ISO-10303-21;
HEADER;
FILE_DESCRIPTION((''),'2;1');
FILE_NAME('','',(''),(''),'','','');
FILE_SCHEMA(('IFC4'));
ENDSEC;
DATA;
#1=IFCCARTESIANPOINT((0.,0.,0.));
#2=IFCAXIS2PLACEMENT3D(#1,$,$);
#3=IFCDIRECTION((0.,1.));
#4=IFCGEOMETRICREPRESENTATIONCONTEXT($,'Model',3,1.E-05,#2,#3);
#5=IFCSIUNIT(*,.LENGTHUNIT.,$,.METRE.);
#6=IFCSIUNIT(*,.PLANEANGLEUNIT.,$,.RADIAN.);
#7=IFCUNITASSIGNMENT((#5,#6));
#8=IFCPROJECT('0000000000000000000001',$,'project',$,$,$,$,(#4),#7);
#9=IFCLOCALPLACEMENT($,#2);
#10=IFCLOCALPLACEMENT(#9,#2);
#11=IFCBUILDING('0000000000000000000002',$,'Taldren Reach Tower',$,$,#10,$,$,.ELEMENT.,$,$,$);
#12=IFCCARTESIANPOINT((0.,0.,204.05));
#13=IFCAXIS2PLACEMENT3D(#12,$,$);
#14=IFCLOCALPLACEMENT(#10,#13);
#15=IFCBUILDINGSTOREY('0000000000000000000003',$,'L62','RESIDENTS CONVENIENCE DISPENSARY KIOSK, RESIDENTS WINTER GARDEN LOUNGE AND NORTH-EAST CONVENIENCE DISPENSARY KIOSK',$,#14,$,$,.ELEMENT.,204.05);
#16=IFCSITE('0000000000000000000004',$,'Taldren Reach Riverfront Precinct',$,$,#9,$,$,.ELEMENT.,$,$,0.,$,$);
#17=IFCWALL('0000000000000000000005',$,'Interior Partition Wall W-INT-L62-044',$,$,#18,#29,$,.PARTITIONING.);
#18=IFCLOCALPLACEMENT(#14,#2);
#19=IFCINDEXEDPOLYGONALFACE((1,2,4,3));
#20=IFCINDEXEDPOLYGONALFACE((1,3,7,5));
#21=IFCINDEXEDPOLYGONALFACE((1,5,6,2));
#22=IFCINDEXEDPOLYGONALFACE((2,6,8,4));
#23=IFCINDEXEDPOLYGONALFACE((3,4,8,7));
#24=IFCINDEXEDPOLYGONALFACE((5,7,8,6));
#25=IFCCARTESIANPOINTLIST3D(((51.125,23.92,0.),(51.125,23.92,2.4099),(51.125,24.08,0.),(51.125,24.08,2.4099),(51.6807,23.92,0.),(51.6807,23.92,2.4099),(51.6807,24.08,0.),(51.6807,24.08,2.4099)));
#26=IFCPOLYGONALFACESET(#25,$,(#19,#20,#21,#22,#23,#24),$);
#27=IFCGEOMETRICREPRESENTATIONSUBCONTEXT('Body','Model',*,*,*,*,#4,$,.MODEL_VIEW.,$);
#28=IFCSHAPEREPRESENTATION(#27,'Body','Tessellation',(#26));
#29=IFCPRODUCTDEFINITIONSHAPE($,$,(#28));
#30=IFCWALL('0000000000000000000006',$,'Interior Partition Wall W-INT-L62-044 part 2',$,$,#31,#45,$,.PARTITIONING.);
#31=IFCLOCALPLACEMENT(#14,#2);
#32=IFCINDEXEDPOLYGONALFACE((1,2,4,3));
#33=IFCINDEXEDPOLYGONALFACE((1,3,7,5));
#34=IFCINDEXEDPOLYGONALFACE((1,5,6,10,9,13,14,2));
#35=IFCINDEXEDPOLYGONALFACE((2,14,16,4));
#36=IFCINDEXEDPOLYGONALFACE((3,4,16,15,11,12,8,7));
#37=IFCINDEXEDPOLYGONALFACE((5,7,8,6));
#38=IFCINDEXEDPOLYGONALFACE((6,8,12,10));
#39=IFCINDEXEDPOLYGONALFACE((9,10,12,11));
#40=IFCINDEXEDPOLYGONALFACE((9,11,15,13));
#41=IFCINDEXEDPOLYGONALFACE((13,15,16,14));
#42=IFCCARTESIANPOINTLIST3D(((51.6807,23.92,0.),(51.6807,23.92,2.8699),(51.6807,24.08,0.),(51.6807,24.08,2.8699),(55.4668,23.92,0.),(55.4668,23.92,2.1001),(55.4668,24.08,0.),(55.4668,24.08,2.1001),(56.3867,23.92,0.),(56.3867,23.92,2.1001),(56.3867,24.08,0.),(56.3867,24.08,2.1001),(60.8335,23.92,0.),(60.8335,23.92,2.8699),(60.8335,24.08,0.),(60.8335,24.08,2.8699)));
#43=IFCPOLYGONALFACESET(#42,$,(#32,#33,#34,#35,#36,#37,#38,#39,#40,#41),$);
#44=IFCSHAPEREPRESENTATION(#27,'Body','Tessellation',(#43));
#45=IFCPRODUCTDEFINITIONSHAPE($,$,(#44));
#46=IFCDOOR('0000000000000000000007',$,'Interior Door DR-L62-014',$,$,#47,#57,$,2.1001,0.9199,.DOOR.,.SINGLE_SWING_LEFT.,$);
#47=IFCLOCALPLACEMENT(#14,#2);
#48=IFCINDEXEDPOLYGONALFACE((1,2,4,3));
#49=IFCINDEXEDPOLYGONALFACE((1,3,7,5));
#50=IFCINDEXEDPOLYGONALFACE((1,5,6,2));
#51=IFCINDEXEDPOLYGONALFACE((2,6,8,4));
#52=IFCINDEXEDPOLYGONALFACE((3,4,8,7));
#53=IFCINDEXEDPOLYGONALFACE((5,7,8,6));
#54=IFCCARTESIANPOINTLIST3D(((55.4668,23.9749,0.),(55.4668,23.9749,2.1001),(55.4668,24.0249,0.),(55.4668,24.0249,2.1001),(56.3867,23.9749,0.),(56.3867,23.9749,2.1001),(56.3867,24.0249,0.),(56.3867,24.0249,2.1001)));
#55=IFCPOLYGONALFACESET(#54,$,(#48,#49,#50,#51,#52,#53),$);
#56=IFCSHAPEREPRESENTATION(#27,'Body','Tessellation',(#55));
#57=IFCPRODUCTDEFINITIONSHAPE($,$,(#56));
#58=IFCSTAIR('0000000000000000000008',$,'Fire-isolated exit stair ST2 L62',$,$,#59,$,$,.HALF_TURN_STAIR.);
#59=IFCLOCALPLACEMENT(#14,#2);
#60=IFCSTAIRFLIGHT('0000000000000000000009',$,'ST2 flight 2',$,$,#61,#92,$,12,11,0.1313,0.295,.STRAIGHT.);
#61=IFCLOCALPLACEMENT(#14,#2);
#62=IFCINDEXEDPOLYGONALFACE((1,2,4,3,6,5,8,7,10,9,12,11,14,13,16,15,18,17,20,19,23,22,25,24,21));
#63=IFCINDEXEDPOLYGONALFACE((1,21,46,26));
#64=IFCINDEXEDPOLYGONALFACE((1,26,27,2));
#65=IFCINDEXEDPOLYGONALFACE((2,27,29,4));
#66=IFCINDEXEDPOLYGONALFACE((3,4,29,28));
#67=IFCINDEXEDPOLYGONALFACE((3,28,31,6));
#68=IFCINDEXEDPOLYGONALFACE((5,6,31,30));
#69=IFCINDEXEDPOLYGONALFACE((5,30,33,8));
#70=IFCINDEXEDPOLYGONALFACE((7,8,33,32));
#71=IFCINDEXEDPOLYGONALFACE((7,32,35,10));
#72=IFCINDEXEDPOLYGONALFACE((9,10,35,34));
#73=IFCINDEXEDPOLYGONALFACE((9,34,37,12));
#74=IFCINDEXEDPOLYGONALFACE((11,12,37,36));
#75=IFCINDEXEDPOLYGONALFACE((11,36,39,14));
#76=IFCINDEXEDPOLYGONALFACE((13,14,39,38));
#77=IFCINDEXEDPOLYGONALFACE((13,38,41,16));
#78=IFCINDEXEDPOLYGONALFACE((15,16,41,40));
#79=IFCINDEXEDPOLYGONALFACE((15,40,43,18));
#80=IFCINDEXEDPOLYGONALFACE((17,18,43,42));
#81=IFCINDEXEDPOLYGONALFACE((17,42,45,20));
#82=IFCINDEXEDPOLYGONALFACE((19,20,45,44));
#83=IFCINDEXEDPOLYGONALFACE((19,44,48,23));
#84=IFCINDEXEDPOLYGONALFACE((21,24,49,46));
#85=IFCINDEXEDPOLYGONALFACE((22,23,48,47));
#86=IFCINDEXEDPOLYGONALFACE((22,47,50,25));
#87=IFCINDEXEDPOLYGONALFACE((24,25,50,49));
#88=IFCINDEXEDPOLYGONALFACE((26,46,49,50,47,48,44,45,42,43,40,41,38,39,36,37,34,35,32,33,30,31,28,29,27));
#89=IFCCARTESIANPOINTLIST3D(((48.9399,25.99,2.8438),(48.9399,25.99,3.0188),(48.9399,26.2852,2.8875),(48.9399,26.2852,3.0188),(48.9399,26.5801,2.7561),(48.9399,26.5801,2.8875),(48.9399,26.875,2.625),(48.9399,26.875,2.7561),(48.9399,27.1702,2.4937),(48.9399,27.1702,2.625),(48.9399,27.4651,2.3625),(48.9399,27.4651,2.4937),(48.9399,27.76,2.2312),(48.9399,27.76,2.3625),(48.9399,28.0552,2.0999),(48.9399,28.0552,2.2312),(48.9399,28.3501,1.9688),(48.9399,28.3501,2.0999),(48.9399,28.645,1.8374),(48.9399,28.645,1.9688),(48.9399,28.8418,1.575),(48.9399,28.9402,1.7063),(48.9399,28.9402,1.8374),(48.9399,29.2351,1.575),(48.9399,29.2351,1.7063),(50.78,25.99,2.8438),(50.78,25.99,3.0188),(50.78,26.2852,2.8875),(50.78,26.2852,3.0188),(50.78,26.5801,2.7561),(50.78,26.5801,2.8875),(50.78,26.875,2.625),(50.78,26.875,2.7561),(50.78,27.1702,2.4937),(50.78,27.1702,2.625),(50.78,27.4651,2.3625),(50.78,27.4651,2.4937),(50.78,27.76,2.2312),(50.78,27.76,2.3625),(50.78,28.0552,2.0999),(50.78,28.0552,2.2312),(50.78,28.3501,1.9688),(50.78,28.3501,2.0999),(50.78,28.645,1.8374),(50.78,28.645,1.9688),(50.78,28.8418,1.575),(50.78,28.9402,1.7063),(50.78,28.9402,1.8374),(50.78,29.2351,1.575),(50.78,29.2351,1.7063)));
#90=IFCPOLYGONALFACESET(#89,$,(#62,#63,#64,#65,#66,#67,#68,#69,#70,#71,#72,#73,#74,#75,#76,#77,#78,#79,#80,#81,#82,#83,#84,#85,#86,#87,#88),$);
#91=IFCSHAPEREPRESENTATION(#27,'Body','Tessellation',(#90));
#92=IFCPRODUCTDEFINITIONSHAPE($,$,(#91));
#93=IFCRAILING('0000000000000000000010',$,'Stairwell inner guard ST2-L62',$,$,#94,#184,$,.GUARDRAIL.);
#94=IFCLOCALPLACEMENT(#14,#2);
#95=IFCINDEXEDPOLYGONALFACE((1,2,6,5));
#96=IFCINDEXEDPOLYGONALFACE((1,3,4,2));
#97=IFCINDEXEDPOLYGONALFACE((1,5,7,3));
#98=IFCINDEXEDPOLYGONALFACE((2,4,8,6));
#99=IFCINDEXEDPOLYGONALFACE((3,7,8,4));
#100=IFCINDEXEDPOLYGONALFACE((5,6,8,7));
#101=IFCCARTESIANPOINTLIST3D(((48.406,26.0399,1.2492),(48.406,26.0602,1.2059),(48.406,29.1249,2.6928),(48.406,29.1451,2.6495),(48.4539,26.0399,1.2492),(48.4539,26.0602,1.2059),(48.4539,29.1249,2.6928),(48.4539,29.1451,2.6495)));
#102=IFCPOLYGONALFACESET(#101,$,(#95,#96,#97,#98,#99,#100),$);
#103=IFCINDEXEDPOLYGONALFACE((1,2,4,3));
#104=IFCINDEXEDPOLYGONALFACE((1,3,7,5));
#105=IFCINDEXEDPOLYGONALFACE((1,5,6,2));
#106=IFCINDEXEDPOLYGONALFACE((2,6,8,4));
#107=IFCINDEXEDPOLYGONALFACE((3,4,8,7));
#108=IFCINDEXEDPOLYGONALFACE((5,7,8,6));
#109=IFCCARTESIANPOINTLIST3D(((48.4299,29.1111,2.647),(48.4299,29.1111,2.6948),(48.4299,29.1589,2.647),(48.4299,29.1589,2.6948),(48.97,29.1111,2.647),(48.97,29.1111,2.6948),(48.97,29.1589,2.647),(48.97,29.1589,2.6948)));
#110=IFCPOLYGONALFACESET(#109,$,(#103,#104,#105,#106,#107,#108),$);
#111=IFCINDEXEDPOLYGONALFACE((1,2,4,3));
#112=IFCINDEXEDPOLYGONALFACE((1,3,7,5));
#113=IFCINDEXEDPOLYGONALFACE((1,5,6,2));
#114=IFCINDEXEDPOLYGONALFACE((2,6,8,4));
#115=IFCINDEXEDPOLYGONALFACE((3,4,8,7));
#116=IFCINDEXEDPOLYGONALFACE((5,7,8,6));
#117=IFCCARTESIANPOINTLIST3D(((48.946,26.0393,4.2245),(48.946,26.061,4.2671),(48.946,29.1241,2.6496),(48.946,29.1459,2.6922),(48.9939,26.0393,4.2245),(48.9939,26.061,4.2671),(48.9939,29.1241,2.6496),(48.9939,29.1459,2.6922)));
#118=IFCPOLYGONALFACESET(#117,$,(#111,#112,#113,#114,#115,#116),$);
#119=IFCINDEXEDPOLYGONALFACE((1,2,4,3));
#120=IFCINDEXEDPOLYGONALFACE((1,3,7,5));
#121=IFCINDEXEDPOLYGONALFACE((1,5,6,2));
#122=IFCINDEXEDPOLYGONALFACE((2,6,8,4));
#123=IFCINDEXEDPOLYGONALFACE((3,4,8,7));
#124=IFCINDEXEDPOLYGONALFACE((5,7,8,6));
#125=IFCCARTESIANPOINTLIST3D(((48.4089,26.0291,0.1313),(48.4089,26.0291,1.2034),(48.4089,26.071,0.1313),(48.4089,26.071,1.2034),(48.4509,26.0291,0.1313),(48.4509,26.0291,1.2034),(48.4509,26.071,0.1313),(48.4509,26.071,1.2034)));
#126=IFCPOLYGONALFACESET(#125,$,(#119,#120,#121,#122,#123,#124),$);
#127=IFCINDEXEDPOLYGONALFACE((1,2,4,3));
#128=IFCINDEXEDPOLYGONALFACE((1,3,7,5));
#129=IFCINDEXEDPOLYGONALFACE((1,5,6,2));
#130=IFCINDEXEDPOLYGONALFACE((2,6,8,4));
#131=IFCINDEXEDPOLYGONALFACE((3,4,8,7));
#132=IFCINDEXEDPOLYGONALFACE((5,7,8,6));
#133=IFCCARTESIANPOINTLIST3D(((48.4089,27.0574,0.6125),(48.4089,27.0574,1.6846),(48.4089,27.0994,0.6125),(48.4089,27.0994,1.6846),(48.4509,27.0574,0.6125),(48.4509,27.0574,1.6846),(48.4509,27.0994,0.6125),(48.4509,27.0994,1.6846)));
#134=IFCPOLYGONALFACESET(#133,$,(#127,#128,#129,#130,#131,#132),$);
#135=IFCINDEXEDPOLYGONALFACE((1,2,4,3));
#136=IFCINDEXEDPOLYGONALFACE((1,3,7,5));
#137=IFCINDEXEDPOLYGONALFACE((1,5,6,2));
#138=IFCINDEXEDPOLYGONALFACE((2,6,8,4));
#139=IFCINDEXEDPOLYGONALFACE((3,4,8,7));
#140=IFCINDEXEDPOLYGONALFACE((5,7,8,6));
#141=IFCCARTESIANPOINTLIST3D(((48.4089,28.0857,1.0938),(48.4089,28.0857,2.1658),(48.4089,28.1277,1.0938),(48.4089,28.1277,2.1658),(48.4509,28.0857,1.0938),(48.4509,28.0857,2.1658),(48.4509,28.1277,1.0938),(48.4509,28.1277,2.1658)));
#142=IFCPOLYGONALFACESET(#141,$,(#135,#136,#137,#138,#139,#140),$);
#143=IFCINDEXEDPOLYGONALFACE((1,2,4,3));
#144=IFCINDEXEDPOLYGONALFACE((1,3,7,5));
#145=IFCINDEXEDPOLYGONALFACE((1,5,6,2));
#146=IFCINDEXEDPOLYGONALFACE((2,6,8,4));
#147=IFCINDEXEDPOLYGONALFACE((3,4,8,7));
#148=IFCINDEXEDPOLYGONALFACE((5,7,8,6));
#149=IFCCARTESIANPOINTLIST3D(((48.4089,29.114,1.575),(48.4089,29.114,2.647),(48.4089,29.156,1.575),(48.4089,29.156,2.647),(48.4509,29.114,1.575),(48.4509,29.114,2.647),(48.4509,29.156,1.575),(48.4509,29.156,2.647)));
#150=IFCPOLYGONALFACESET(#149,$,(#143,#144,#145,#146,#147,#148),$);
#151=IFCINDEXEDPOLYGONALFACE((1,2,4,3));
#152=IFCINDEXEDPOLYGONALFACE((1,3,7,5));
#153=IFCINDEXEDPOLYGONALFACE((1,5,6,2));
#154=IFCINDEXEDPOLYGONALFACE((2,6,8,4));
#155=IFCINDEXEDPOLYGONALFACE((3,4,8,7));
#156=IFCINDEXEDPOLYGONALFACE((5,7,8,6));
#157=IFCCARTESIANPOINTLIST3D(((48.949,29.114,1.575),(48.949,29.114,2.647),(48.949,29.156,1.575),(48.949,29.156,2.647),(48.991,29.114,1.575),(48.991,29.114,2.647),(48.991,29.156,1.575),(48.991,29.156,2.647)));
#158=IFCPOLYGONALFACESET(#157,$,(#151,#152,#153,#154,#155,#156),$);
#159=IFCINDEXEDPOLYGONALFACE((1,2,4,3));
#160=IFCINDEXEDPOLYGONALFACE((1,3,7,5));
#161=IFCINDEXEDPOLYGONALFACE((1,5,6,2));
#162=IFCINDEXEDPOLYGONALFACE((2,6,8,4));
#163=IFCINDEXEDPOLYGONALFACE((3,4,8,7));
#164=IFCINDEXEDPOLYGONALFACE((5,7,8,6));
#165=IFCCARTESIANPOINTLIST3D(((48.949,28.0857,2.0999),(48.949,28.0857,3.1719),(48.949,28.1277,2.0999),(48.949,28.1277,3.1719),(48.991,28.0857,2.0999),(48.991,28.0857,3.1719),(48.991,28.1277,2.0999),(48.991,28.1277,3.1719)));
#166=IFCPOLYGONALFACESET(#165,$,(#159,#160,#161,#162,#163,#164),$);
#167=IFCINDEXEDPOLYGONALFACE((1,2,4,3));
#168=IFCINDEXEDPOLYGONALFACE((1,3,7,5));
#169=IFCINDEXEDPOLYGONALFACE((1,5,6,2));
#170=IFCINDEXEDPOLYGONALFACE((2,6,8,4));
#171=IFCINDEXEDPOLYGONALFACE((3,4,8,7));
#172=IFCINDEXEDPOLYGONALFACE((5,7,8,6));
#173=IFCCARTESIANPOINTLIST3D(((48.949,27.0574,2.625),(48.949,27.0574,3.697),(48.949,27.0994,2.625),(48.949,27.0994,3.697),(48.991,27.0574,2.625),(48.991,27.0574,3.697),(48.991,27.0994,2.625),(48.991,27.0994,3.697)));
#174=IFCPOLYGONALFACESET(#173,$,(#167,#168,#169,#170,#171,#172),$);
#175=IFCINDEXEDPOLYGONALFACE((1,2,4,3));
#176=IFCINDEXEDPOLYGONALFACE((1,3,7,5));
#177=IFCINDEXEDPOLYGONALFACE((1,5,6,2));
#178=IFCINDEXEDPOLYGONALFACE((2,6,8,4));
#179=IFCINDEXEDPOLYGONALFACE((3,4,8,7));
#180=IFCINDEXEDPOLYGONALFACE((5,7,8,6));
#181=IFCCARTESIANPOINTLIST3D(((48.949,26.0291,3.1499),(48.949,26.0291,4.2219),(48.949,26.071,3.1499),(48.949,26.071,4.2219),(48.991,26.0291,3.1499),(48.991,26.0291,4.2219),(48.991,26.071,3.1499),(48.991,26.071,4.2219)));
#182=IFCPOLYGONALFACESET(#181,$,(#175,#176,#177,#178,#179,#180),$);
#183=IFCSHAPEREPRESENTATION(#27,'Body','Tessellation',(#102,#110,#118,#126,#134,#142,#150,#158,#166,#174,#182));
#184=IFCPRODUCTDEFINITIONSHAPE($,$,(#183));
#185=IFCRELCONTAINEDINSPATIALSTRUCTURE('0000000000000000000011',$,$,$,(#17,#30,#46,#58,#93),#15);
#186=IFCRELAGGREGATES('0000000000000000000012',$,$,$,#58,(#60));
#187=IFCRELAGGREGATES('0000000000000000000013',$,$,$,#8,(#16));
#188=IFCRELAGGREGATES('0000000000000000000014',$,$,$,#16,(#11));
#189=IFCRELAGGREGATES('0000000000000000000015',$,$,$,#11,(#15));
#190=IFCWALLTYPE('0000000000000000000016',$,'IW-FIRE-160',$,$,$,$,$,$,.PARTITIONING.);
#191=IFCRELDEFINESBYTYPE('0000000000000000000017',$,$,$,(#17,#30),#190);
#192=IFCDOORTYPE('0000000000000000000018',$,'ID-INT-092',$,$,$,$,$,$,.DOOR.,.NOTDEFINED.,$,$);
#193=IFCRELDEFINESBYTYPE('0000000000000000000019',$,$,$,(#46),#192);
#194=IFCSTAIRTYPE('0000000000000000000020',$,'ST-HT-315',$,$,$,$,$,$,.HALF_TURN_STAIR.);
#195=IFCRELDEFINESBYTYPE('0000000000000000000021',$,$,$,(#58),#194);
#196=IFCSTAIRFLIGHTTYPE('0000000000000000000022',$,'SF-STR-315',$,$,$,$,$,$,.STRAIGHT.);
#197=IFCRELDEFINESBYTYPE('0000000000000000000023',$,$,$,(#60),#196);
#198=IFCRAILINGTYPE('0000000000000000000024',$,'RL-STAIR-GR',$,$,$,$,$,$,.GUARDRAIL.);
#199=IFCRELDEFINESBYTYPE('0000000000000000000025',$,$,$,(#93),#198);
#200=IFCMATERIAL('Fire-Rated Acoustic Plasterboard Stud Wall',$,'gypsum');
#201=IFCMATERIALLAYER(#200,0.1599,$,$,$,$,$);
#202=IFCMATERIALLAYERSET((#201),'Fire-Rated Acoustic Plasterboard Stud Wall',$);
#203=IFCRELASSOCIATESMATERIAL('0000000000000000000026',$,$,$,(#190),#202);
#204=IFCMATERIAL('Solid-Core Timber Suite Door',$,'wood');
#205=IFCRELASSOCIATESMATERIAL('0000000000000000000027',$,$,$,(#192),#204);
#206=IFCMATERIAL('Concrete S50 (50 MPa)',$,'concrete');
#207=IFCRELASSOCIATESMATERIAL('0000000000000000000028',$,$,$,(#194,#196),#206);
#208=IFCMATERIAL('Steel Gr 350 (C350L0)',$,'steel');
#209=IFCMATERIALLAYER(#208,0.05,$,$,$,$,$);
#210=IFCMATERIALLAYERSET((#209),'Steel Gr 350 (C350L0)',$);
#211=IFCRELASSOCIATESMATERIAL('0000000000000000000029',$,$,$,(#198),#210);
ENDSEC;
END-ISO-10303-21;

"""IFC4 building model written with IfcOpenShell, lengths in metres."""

from ifc_helpers import new_model, si_unit, direction, frame, frame_2d, origin, origin_2d, place, context, subcontext, project, spatial, polyline, rectangle, outline, extrude, source, transform, mapped, material, layer, layer_set, type_object, element, fill, aggregate, save


model = new_model("IFC4")

# Units and contexts
model_context = context("Model", 3, precision=1e-05, world=origin(), true_north=direction((0.0, 1.0)))
body_context = subcontext(model_context, "Body", "Model", "MODEL_VIEW")
ifc_project = project(units=[si_unit("LENGTHUNIT", "METRE"), si_unit("PLANEANGLEUNIT", "RADIAN")], contexts=[model_context])

# Site, building, storey
site_placement = place(None, origin())
site = spatial("IfcSite", under=ifc_project, at=site_placement, Name="Taldren Reach Riverfront Precinct", CompositionType="ELEMENT", RefElevation=0.0)
building_placement = place(site_placement, origin())
building = spatial("IfcBuilding", under=site, at=building_placement, Name="Taldren Reach Tower", CompositionType="ELEMENT")
storey_placement = place(building_placement, frame((0.0, 0.0, 204.05)))
storey = spatial("IfcBuildingStorey", under=building, at=storey_placement, Name="L62", Description="RESIDENTS CONVENIENCE DISPENSARY KIOSK, RESIDENTS WINTER GARDEN LOUNGE AND NORTH-EAST CONVENIENCE DISPENSARY KIOSK", CompositionType="ELEMENT", Elevation=204.05)

# Shared definitions
ifc_material_1 = material(Name="Steel Gr 350 (C350L0)", Category="steel")

# Wall
ifc_material_2 = material(Name="Fire-Rated Acoustic Plasterboard Stud Wall", Category="gypsum")
ifc_layer_1 = layer(ifc_material_2, 0.1599)
ifc_layer_set_1 = layer_set([ifc_layer_1], Name="Fire-Rated Acoustic Plasterboard Stud Wall")
wall_type_1 = type_object("IfcWallType", Name="IW-FIRE-160", PredefinedType="PARTITIONING", material=ifc_layer_set_1)
shared_shape_1 = source(origin(), body_context, "Body", "SweptSolid", [
    extrude(rectangle(XDim=0.5557, YDim=0.1599, at=frame_2d((0.2778, 0.0))), origin(), (0.0, 0.0, 1.0), 2.4099),
])
wall_1_placement = place(storey_placement, frame((51.125, 24.0, 0.0), z_axis=(0.0, 0.0, 1.0), x_axis=(1.0, 0.0, 0.0)))
element("IfcWall", 1, at=wall_1_placement, inside=storey, type_object=wall_type_1, Name="Interior Partition Wall W-INT-L62-044", PredefinedType="PARTITIONING", context=body_context, shape_type="MappedRepresentation", body=[
    mapped(shared_shape_1, transform((0.0, 0.0, 0.0), scale=1.0)),
])

# Wall, opening, door
shared_shape_2 = source(origin(), body_context, "Body", "SweptSolid", [
    extrude(rectangle(XDim=9.1528, YDim=0.1599, at=frame_2d((4.5764, 0.0))), origin(), (0.0, 0.0, 1.0), 2.8699),
])
wall_2_placement = place(storey_placement, frame((51.6807, 24.0, 0.0), z_axis=(0.0, 0.0, 1.0), x_axis=(1.0, 0.0, 0.0)))
wall_2 = element("IfcWall", 2, at=wall_2_placement, inside=storey, type_object=wall_type_1, Name="Interior Partition Wall W-INT-L62-044 part 2", PredefinedType="PARTITIONING", context=body_context, shape_type="MappedRepresentation", body=[
    mapped(shared_shape_2, transform((0.0, 0.0, 0.0), scale=1.0)),
])
shared_shape_3 = source(origin(), body_context, "Body", "SweptSolid", [
    extrude(rectangle(XDim=0.9199, YDim=2.1001, at=frame_2d((0.46, 1.05))), frame((0.0, 0.0898, 0.0), z_axis=(0.0, -1.0, 0.0), x_axis=(1.0, 0.0, 0.0)), (0.0, 0.0, 1.0), 0.1799),
])
opening_placement = place(wall_2_placement, frame((3.7861, 0.0, 0.0)))
opening = element("IfcOpeningElement", 3, at=opening_placement, cuts=wall_2, PredefinedType="OPENING", context=body_context, shape_type="MappedRepresentation", body=[
    mapped(shared_shape_3, transform((0.0, 0.0, 0.0), scale=1.0)),
])
ifc_material_3 = material(Name="Solid-Core Timber Suite Door", Category="wood")
door_type = type_object("IfcDoorType", Name="ID-INT-092", OperationType="NOTDEFINED", PredefinedType="DOOR", material=ifc_material_3)
shared_shape_4 = source(origin(), body_context, "Body", "SweptSolid", [
    extrude(rectangle(XDim=0.9199, YDim=2.1001, at=frame_2d((0.46, 1.05))), frame((0.0, 0.0249, 0.0), z_axis=(0.0, -1.0, 0.0), x_axis=(1.0, 0.0, 0.0)), (0.0, 0.0, 1.0), 0.05),
])
door_placement = place(opening_placement, origin())
door = element("IfcDoor", 4, at=door_placement, inside=storey, type_object=door_type, Name="Interior Door DR-L62-014", OperationType="SINGLE_SWING_LEFT", OverallHeight=2.1001, OverallWidth=0.9199, PredefinedType="DOOR", context=body_context, shape_type="MappedRepresentation", body=[
    mapped(shared_shape_4, transform((0.0, 0.0, 0.0), scale=1.0)),
])
fill(opening, door)

# Stair, stair flight
ifc_material_4 = material(Name="Concrete S50 (50 MPa)", Category="concrete")
stair_type = type_object("IfcStairType", Name="ST-HT-315", PredefinedType="HALF_TURN_STAIR", material=ifc_material_4)
stair_placement = place(storey_placement, origin())
stair = element("IfcStair", 5, at=stair_placement, inside=storey, type_object=stair_type, Name="Fire-isolated exit stair ST2 L62", PredefinedType="HALF_TURN_STAIR")
stair_flight_type = type_object("IfcStairFlightType", Name="SF-STR-315", PredefinedType="STRAIGHT", material=ifc_material_4)
stair_flight_placement = place(storey_placement, frame((49.8601, 29.2351, 1.575), z_axis=(0.0, 0.0, 1.0), x_axis=(0.0, -1.0, 0.0)))
stair_flight = element("IfcStairFlight", 6, at=stair_flight_placement, type_object=stair_flight_type, Name="ST2 flight 2", NumberOfRisers=12, NumberOfTreads=11, PredefinedType="STRAIGHT", RiserHeight=0.1313, TreadLength=0.295, context=body_context, shape_type="SweptSolid", body=[
    extrude(outline(polyline([(0.0, 0.0), (0.0, 0.1313), (0.2949, 0.1313), (0.2949, 0.2625), (0.5901, 0.2625), (0.5901, 0.3938), (0.885, 0.3938), (0.885, 0.5249), (1.1799, 0.5249), (1.1799, 0.6562), (1.4751, 0.6562), (1.4751, 0.7876), (1.77, 0.7876), (1.77, 0.9187), (2.0649, 0.9187), (2.0649, 1.05), (2.3601, 1.05), (2.3601, 1.1812), (2.655, 1.1812), (2.655, 1.3125), (2.95, 1.3125), (2.95, 1.4438), (3.2451, 1.4438), (3.2451, 1.575), (3.2451, 1.2688), (0.3933, 0.0), (0.0, 0.0)])), frame((0.0, 0.9199, 0.0), z_axis=(0.0, -1.0, 0.0), x_axis=(1.0, 0.0, 0.0)), (0.0, 0.0, 1.0), 1.8401),
])
aggregate(stair, [stair_flight])

# Railing
ifc_layer_2 = layer(ifc_material_1, 0.05)
ifc_layer_set_2 = layer_set([ifc_layer_2], Name="Steel Gr 350 (C350L0)")
railing_type_1 = type_object("IfcRailingType", Name="RL-STAIR-GR", PredefinedType="GUARDRAIL", material=ifc_layer_set_2)
railing_1_placement = place(storey_placement, frame((48.4299, 26.05, 0.1313)))
element("IfcRailing", 7, at=railing_1_placement, inside=storey, type_object=railing_type_1, Name="Stairwell inner guard ST2-L62", PredefinedType="GUARDRAIL", context=body_context, shape_type="SweptSolid", body=[
    extrude(rectangle(XDim=0.0479, YDim=0.0479, at=origin_2d()), frame((0.0, 0.0, 1.0962), z_axis=(0.0, 0.905738, 0.423839), x_axis=(-1.0, 0.0, 0.0)), (0.0, 0.0, 1.0), 3.406),
    extrude(rectangle(XDim=0.0479, YDim=0.0479, at=origin_2d()), frame((0.0, 3.085, 2.5396), z_axis=(1.0, 0.0, 0.0), x_axis=(0.0, 1.0, 0.0)), (0.0, 0.0, 1.0), 0.54),
    extrude(rectangle(XDim=0.0479, YDim=0.0479, at=origin_2d()), frame((0.54, 3.085, 2.5396), z_axis=(0.0, -0.890646, 0.454697), x_axis=(1.0, 0.0, 0.0)), (0.0, 0.0, 1.0), 3.4636),
    extrude(rectangle(XDim=0.042, YDim=0.042, at=origin_2d()), origin(), (0.0, 0.0, 1.0), 1.072),
    extrude(rectangle(XDim=0.042, YDim=0.042, at=origin_2d()), frame((0.0, 1.0283, 0.4812)), (0.0, 0.0, 1.0), 1.072),
    extrude(rectangle(XDim=0.042, YDim=0.042, at=origin_2d()), frame((0.0, 2.0566, 0.9624)), (0.0, 0.0, 1.0), 1.072),
    extrude(rectangle(XDim=0.042, YDim=0.042, at=origin_2d()), frame((0.0, 3.085, 1.4436)), (0.0, 0.0, 1.0), 1.072),
    extrude(rectangle(XDim=0.042, YDim=0.042, at=origin_2d()), frame((0.54, 3.085, 1.4436)), (0.0, 0.0, 1.0), 1.072),
    extrude(rectangle(XDim=0.042, YDim=0.042, at=origin_2d()), frame((0.54, 2.0566, 1.9685)), (0.0, 0.0, 1.0), 1.072),
    extrude(rectangle(XDim=0.042, YDim=0.042, at=origin_2d()), frame((0.54, 1.0283, 2.4937)), (0.0, 0.0, 1.0), 1.072),
    extrude(rectangle(XDim=0.042, YDim=0.042, at=origin_2d()), frame((0.54, 0.0, 3.0186)), (0.0, 0.0, 1.0), 1.072),
])

save(model, "model.ifc")
